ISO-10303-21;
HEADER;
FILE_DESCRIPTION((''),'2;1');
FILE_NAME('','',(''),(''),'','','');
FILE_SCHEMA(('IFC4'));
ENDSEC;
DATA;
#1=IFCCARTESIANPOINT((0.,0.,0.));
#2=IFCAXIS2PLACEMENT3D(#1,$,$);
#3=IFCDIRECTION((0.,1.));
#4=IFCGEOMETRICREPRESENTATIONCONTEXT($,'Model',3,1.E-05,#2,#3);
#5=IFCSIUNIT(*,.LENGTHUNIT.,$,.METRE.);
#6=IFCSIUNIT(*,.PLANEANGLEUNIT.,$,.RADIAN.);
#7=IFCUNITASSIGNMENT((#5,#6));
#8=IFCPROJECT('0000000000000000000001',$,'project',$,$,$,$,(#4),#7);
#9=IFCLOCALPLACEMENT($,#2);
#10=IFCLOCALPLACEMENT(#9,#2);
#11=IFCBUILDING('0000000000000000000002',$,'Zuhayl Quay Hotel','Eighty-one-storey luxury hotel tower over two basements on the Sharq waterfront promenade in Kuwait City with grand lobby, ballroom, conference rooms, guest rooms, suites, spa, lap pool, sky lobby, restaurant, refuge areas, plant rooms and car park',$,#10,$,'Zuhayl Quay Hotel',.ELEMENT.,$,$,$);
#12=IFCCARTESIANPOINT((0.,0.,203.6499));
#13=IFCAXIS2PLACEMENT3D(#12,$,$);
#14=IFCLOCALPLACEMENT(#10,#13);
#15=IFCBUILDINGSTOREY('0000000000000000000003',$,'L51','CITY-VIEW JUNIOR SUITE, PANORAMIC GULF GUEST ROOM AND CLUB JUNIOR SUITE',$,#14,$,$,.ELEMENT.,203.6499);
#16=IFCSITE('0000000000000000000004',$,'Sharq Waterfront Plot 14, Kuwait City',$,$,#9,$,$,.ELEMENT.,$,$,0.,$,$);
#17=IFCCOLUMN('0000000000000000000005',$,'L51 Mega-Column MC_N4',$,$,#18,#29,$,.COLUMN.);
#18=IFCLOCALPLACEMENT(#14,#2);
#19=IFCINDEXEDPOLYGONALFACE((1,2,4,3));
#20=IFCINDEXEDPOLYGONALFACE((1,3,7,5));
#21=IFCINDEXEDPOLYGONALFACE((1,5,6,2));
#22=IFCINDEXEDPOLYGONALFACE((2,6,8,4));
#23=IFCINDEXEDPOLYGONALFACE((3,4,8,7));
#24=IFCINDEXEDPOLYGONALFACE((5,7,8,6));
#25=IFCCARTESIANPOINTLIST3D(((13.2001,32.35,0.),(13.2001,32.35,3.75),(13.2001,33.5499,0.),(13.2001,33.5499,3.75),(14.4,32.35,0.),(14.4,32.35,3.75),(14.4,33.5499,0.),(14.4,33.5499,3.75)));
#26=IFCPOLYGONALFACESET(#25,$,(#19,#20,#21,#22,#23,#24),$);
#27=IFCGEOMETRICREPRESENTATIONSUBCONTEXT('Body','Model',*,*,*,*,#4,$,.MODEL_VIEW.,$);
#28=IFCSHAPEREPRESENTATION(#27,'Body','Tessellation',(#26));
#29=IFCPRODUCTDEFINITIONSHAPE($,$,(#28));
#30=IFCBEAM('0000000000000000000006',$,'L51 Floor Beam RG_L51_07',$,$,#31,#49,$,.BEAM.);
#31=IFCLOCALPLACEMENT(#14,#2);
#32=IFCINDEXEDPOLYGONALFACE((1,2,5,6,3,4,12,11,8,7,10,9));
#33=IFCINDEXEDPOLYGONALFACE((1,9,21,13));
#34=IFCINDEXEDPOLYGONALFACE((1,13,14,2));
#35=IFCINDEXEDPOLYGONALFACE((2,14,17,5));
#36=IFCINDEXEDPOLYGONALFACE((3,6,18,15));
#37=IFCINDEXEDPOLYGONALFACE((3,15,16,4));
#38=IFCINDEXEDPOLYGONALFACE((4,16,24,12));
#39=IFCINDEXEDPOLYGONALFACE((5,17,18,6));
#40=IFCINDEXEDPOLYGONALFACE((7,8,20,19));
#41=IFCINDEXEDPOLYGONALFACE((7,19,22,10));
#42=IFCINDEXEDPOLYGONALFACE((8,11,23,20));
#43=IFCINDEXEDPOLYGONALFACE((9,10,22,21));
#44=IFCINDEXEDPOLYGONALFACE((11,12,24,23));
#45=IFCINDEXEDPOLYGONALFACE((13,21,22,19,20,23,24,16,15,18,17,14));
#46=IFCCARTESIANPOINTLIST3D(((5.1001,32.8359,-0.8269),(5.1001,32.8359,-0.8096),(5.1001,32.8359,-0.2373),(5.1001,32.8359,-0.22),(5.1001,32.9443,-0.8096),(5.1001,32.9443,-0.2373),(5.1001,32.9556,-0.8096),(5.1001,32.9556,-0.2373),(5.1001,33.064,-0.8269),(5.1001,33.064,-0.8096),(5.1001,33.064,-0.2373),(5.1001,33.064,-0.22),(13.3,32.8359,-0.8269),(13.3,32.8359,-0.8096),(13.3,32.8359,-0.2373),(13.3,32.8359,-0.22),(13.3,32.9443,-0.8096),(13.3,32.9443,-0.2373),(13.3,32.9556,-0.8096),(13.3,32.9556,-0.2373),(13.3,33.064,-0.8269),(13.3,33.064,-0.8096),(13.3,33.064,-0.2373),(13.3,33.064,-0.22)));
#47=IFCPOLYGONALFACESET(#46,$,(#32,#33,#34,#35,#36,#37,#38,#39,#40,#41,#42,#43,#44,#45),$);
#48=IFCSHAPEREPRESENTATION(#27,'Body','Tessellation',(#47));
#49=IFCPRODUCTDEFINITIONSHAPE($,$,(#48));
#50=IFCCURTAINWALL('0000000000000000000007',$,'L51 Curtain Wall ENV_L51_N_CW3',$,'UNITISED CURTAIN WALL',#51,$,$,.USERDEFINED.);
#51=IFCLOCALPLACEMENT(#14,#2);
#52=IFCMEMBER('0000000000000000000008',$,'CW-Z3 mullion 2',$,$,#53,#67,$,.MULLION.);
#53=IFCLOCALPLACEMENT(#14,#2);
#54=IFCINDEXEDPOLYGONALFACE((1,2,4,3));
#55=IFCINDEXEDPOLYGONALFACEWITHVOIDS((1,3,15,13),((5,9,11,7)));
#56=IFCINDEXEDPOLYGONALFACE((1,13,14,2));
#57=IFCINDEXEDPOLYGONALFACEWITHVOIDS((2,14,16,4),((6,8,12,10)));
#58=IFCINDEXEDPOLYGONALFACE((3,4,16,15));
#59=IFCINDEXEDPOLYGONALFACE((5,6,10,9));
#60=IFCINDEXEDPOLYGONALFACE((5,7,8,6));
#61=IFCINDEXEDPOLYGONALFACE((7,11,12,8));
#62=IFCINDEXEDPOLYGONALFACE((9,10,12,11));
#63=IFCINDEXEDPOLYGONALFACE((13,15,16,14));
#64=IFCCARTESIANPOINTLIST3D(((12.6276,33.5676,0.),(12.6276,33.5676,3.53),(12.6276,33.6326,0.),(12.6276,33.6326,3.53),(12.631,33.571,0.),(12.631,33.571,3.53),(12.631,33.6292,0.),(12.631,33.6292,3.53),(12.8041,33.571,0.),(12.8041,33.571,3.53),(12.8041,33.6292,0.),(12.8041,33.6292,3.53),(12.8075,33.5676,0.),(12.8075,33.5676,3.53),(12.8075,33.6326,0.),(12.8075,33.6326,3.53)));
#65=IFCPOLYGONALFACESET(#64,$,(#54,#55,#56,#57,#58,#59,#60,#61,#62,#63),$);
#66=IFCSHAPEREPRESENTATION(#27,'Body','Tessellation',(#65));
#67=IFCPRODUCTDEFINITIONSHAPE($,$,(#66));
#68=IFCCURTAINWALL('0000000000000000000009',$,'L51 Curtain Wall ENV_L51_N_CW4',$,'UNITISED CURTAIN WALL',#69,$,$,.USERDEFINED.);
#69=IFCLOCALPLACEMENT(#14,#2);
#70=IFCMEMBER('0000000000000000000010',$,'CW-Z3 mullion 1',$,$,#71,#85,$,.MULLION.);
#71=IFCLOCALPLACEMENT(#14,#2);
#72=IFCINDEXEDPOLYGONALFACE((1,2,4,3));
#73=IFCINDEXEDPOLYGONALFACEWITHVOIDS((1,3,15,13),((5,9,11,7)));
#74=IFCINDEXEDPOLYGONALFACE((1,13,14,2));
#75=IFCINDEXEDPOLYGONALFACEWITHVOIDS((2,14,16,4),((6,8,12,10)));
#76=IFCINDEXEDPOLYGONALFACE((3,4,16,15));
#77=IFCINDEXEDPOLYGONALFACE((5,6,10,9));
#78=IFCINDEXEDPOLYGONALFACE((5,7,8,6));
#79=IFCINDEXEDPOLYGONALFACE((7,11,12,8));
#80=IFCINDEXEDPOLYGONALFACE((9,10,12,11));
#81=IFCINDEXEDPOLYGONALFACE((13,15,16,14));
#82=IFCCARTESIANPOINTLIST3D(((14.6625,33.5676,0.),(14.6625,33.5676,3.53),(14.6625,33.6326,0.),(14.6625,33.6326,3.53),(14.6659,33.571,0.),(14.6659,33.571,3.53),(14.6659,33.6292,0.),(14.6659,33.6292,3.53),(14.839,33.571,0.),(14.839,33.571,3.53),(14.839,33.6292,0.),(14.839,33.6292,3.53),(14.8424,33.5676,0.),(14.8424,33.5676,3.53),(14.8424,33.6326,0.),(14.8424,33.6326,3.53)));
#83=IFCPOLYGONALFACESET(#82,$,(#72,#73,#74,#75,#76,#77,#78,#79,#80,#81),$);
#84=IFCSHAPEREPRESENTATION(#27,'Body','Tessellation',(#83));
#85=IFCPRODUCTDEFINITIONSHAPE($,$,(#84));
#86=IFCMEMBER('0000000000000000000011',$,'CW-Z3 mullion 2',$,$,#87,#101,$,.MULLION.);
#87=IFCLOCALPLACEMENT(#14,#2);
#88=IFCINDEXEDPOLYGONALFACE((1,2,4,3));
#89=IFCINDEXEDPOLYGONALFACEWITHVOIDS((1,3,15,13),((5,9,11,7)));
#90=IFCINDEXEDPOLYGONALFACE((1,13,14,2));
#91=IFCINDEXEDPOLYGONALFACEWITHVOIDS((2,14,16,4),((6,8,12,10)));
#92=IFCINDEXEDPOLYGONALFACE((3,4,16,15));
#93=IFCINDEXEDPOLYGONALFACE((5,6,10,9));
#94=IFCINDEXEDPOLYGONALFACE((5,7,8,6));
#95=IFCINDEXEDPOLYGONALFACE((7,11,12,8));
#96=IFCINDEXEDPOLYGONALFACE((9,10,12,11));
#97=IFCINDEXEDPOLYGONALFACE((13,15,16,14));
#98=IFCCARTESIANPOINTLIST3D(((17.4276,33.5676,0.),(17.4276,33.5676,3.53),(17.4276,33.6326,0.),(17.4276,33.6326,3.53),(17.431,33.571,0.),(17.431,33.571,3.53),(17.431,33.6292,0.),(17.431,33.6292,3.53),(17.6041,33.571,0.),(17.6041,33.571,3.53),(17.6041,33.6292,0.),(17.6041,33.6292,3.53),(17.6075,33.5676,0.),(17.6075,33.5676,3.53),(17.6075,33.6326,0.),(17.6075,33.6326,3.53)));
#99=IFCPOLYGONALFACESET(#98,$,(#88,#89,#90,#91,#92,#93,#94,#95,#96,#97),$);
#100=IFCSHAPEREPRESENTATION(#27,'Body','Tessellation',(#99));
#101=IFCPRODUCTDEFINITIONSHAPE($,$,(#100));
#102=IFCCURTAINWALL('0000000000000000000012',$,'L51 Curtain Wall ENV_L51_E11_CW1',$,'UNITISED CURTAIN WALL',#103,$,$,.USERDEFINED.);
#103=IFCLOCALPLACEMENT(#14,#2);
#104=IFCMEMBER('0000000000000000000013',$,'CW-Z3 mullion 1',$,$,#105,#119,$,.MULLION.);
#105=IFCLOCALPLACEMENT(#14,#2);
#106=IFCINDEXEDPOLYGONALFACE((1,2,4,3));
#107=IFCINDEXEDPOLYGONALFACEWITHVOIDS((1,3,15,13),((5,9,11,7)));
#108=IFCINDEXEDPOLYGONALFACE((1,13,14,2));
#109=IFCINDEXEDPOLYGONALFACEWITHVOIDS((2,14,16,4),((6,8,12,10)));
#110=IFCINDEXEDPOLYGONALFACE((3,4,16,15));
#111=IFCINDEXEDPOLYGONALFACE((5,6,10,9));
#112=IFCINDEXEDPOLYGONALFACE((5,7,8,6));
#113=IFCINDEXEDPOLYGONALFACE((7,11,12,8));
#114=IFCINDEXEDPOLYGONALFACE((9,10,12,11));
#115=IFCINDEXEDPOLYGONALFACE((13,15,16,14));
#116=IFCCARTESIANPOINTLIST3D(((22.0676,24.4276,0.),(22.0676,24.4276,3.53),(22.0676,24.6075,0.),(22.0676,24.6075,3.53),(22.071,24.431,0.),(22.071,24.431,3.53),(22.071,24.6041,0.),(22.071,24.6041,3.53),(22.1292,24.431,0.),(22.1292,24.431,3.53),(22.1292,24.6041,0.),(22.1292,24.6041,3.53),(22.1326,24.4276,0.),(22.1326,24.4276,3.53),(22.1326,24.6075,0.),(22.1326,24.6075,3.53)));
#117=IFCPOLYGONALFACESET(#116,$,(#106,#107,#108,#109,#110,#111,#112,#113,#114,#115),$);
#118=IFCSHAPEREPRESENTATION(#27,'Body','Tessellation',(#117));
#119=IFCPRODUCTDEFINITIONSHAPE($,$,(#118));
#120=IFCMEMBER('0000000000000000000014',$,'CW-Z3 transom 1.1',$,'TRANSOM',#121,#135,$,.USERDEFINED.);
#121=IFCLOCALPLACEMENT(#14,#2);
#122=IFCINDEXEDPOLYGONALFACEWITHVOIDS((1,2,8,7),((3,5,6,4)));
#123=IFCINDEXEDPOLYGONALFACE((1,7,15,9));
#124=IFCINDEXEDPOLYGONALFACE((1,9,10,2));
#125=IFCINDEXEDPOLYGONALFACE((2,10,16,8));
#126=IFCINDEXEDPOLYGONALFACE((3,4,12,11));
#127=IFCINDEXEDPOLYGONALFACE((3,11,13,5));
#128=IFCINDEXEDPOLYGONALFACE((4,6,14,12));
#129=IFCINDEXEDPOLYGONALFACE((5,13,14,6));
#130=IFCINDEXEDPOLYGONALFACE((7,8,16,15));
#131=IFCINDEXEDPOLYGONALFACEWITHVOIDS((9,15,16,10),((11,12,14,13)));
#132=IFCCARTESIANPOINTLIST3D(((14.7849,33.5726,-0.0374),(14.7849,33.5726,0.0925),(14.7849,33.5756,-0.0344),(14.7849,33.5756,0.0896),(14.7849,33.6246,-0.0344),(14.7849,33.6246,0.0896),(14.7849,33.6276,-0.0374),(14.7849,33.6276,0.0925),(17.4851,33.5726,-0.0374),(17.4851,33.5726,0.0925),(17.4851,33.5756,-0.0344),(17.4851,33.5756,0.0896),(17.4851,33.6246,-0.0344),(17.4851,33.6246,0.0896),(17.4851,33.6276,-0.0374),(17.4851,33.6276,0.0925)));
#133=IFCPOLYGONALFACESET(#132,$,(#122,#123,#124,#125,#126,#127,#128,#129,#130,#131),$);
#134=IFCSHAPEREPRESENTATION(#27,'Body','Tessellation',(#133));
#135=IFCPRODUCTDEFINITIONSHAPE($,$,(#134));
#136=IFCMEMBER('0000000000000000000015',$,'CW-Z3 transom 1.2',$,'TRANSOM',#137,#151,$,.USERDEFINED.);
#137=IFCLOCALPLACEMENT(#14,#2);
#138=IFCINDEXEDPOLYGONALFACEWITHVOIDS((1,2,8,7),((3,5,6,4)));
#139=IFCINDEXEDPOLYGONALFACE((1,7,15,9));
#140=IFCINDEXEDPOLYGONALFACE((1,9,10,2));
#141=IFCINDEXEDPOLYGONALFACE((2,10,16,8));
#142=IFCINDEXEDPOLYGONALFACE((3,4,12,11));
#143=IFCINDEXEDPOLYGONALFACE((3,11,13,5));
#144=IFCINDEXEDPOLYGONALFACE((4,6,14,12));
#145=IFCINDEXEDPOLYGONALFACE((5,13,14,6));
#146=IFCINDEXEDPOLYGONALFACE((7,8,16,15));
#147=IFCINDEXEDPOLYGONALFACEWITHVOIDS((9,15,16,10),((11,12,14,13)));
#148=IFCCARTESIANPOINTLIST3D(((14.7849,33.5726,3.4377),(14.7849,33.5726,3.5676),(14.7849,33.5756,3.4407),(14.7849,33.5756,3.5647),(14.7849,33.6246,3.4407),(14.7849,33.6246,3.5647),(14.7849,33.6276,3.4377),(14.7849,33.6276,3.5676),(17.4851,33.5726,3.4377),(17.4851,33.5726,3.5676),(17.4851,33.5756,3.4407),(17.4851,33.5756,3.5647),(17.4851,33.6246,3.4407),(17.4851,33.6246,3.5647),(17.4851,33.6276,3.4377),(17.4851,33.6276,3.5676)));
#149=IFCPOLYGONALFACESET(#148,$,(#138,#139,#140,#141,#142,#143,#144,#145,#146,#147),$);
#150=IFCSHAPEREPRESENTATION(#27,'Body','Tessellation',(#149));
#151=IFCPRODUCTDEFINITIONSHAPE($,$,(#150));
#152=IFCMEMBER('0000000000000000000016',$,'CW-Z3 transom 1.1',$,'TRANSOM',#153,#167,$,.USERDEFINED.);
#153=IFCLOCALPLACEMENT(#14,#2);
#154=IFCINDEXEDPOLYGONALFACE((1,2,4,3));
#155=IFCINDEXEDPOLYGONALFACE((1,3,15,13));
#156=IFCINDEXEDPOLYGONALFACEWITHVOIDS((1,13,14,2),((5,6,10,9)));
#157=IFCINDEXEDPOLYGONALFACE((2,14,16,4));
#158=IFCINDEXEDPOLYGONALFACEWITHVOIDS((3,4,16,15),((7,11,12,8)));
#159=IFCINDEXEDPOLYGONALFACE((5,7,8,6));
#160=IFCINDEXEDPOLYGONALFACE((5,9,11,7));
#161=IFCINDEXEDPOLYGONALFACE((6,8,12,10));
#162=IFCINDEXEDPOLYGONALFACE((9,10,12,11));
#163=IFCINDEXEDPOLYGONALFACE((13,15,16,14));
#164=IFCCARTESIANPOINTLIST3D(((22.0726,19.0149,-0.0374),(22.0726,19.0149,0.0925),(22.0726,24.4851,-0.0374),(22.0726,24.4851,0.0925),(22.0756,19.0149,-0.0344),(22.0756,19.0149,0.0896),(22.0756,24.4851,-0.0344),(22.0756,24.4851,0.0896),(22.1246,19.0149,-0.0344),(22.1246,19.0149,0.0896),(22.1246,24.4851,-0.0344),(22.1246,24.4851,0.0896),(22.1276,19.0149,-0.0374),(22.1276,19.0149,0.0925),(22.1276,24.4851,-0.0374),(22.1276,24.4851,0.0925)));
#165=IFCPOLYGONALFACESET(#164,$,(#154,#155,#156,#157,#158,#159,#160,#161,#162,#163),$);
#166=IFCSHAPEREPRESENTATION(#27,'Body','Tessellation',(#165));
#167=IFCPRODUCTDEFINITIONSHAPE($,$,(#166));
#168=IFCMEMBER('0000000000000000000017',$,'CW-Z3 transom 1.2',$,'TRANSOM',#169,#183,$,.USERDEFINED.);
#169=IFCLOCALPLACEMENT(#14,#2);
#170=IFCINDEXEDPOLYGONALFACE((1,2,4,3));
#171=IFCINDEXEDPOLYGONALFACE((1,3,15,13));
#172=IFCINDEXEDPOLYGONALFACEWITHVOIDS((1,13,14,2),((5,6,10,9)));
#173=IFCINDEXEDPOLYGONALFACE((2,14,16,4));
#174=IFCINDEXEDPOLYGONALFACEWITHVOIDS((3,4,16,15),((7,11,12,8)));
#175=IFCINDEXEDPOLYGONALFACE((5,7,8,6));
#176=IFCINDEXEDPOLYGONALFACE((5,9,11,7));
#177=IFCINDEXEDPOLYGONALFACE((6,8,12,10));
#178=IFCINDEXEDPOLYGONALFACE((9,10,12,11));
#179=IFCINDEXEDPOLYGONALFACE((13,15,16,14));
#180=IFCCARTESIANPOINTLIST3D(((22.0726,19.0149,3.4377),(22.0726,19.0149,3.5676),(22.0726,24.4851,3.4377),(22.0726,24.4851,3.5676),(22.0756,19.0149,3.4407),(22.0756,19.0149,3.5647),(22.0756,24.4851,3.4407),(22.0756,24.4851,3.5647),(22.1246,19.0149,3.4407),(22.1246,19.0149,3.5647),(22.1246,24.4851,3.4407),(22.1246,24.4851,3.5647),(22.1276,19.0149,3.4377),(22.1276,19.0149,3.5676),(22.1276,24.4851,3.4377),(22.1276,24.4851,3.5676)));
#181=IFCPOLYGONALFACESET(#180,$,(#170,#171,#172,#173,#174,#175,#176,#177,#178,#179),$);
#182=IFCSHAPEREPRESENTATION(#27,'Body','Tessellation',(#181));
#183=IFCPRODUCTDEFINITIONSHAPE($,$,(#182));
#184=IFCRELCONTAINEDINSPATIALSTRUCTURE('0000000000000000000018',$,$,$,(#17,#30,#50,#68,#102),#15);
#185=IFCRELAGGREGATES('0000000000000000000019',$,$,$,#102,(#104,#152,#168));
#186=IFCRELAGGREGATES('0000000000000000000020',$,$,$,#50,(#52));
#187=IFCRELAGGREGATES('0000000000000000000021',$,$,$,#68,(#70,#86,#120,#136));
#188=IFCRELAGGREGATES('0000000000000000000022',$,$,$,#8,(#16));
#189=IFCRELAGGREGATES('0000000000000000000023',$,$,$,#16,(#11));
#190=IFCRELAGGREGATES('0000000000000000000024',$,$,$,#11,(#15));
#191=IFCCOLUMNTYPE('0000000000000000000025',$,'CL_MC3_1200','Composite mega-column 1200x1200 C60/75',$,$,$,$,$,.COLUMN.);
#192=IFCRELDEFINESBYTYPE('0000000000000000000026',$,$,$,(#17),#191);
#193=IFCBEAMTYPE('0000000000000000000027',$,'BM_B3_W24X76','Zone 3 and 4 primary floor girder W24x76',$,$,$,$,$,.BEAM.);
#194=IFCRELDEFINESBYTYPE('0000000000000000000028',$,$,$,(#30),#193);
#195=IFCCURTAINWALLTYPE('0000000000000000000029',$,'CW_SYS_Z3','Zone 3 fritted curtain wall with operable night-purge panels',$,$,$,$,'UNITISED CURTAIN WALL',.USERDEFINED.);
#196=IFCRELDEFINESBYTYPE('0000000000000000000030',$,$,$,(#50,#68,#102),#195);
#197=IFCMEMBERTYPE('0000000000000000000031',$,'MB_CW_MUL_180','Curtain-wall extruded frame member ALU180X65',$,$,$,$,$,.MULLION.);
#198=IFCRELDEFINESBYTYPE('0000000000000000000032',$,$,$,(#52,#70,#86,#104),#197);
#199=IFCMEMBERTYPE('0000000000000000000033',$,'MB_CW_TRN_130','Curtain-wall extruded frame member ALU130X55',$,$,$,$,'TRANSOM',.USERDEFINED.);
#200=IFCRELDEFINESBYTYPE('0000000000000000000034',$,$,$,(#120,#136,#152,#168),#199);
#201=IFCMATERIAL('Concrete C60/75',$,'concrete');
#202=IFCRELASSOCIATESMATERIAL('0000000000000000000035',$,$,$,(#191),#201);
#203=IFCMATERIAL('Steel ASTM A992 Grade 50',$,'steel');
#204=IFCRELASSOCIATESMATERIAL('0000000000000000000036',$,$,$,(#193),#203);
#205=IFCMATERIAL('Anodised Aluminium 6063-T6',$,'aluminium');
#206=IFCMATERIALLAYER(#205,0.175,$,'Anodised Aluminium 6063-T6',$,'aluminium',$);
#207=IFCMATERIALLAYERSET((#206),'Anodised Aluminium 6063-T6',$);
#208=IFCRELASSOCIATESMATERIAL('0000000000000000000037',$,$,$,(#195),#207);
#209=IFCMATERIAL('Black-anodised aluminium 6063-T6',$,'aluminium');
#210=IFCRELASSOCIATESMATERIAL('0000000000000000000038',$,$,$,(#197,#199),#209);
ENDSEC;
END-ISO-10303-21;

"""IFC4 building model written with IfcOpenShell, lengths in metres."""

from ifc_helpers import new_model, si_unit, direction, frame, origin, origin_2d, place, context, subcontext, project, spatial, rectangle, hollow_rectangle, i_section, extrude, material, layer, layer_set, material_profile, profile_set, type_object, element, aggregate, save


model = new_model("IFC4")

# Units and contexts
model_context = context("Model", 3, precision=1e-05, world=origin(), true_north=direction((0.0, 1.0)))
body_context = subcontext(model_context, "Body", "Model", "MODEL_VIEW")
ifc_project = project(units=[si_unit("LENGTHUNIT", "METRE"), si_unit("PLANEANGLEUNIT", "RADIAN")], contexts=[model_context])

# Site, building, storey
site_placement = place(None, origin())
site = spatial("IfcSite", under=ifc_project, at=site_placement, Name="Sharq Waterfront Plot 14, Kuwait City", CompositionType="ELEMENT", RefElevation=0.0)
building_placement = place(site_placement, origin())
building = spatial("IfcBuilding", under=site, at=building_placement, Name="Zuhayl Quay Hotel", Description="Eighty-one-storey luxury hotel tower over two basements on the Sharq waterfront promenade in Kuwait City with grand lobby, ballroom, conference rooms, guest rooms, suites, spa, lap pool, sky lobby, restaurant, refuge areas, plant rooms and car park", LongName="Zuhayl Quay Hotel", CompositionType="ELEMENT")
storey_placement = place(building_placement, frame((0.0, 0.0, 203.6499)))
storey = spatial("IfcBuildingStorey", under=building, at=storey_placement, Name="L51", Description="CITY-VIEW JUNIOR SUITE, PANORAMIC GULF GUEST ROOM AND CLUB JUNIOR SUITE", CompositionType="ELEMENT", Elevation=203.6499)

# Column
ifc_material_1 = material(Name="Concrete C60/75", Category="concrete")
ifc_material_profile_1 = material_profile(ifc_material_1, rectangle(XDim=1.2, YDim=1.2, at=origin_2d()), Name="RC1200X1200")
ifc_profile_set_1 = profile_set([ifc_material_profile_1], Name="Concrete C60/75")
column_type = type_object("IfcColumnType", Name="CL_MC3_1200", Description="Composite mega-column 1200x1200 C60/75", PredefinedType="COLUMN", material=ifc_profile_set_1)
column_placement = place(storey_placement, frame((13.8, 32.95, 0.0), z_axis=(0.0, 0.0, 1.0), x_axis=(1.0, 0.0, 0.0)))
element("IfcColumn", 1, at=column_placement, inside=storey, type_object=column_type, Name="L51 Mega-Column MC_N4", PredefinedType="COLUMN", context=body_context, shape_type="SweptSolid", body=[
    extrude(rectangle(XDim=1.2, YDim=1.2, at=origin_2d()), origin(), (0.0, 0.0, 1.0), 3.75),
])

# Beam
ifc_material_2 = material(Name="Steel ASTM A992 Grade 50", Category="steel")
ifc_material_profile_2 = material_profile(ifc_material_2, i_section(OverallWidth=0.228, OverallDepth=0.6069, WebThickness=0.0112, FlangeThickness=0.0173, at=origin_2d()), Name="W24X76")
ifc_profile_set_2 = profile_set([ifc_material_profile_2], Name="Steel ASTM A992 Grade 50")
beam_type = type_object("IfcBeamType", Name="BM_B3_W24X76", Description="Zone 3 and 4 primary floor girder W24x76", PredefinedType="BEAM", material=ifc_profile_set_2)
beam_placement = place(storey_placement, frame((13.3, 32.95, -0.5234), z_axis=(-1.0, 0.0, 0.0), x_axis=(0.0, -1.0, 0.0)))
element("IfcBeam", 2, at=beam_placement, inside=storey, type_object=beam_type, Name="L51 Floor Beam RG_L51_07", PredefinedType="BEAM", context=body_context, shape_type="SweptSolid", body=[
    extrude(i_section(OverallWidth=0.228, OverallDepth=0.6069, WebThickness=0.0112, FlangeThickness=0.0173, at=origin_2d()), origin(), (0.0, 0.0, 1.0), 8.2),
])

# Curtain wall, member
ifc_material_3 = material(Name="Anodised Aluminium 6063-T6", Category="aluminium")
ifc_layer_1 = layer(ifc_material_3, 0.175, Name="Anodised Aluminium 6063-T6", Category="aluminium")
ifc_layer_set_1 = layer_set([ifc_layer_1], Name="Anodised Aluminium 6063-T6")
curtain_wall_type = type_object("IfcCurtainWallType", Name="CW_SYS_Z3", Description="Zone 3 fritted curtain wall with operable night-purge panels", ElementType="UNITISED CURTAIN WALL", PredefinedType="USERDEFINED", material=ifc_layer_set_1)
curtain_wall_1_placement = place(storey_placement, origin())
curtain_wall_1 = element("IfcCurtainWall", 3, at=curtain_wall_1_placement, inside=storey, type_object=curtain_wall_type, Name="L51 Curtain Wall ENV_L51_N_CW3", ObjectType="UNITISED CURTAIN WALL", PredefinedType="USERDEFINED")
ifc_material_4 = material(Name="Black-anodised aluminium 6063-T6", Category="aluminium")
ifc_material_profile_3 = material_profile(ifc_material_4, hollow_rectangle(XDim=0.0649, YDim=0.1799, WallThickness=0.0034, at=origin_2d()), Name="ALU180X65")
ifc_profile_set_3 = profile_set([ifc_material_profile_3], Name="Black-anodised aluminium 6063-T6")
member_type_1 = type_object("IfcMemberType", Name="MB_CW_MUL_180", Description="Curtain-wall extruded frame member ALU180X65", PredefinedType="MULLION", material=ifc_profile_set_3)
member_1_placement = place(storey_placement, frame((12.7175, 33.6001, 0.0), z_axis=(0.0, 0.0, 1.0), x_axis=(0.0, 1.0, 0.0)))
member_1 = element("IfcMember", 4, at=member_1_placement, type_object=member_type_1, Name="CW-Z3 mullion 2", PredefinedType="MULLION", context=body_context, shape_type="SweptSolid", body=[
    extrude(hollow_rectangle(XDim=0.0649, YDim=0.1799, WallThickness=0.0034, at=origin_2d()), origin(), (0.0, 0.0, 1.0), 3.53),
])

# Curtain wall, members
curtain_wall_2_placement = place(storey_placement, origin())
curtain_wall_2 = element("IfcCurtainWall", 5, at=curtain_wall_2_placement, inside=storey, type_object=curtain_wall_type, Name="L51 Curtain Wall ENV_L51_N_CW4", ObjectType="UNITISED CURTAIN WALL", PredefinedType="USERDEFINED")
member_2_placement = place(storey_placement, frame((14.7524, 33.6001, 0.0), z_axis=(0.0, 0.0, 1.0), x_axis=(0.0, 1.0, 0.0)))
member_2 = element("IfcMember", 6, at=member_2_placement, type_object=member_type_1, Name="CW-Z3 mullion 1", PredefinedType="MULLION", context=body_context, shape_type="SweptSolid", body=[
    extrude(hollow_rectangle(XDim=0.0649, YDim=0.1799, WallThickness=0.0034, at=origin_2d()), origin(), (0.0, 0.0, 1.0), 3.53),
])
member_3_placement = place(storey_placement, frame((17.5176, 33.6001, 0.0), z_axis=(0.0, 0.0, 1.0), x_axis=(0.0, 1.0, 0.0)))
member_3 = element("IfcMember", 7, at=member_3_placement, type_object=member_type_1, Name="CW-Z3 mullion 2", PredefinedType="MULLION", context=body_context, shape_type="SweptSolid", body=[
    extrude(hollow_rectangle(XDim=0.0649, YDim=0.1799, WallThickness=0.0034, at=origin_2d()), origin(), (0.0, 0.0, 1.0), 3.53),
])

# Curtain wall, member
curtain_wall_3_placement = place(storey_placement, origin())
curtain_wall_3 = element("IfcCurtainWall", 8, at=curtain_wall_3_placement, inside=storey, type_object=curtain_wall_type, Name="L51 Curtain Wall ENV_L51_E11_CW1", ObjectType="UNITISED CURTAIN WALL", PredefinedType="USERDEFINED")
member_4_placement = place(storey_placement, frame((22.1001, 24.5176, 0.0), z_axis=(0.0, 0.0, 1.0), x_axis=(1.0, 0.0, 0.0)))
member_4 = element("IfcMember", 9, at=member_4_placement, type_object=member_type_1, Name="CW-Z3 mullion 1", PredefinedType="MULLION", context=body_context, shape_type="SweptSolid", body=[
    extrude(hollow_rectangle(XDim=0.0649, YDim=0.1799, WallThickness=0.0034, at=origin_2d()), origin(), (0.0, 0.0, 1.0), 3.53),
])

# Members
ifc_material_profile_4 = material_profile(ifc_material_4, hollow_rectangle(XDim=0.0549, YDim=0.1299, WallThickness=0.0029, at=origin_2d()), Name="ALU130X55")
ifc_profile_set_4 = profile_set([ifc_material_profile_4], Name="Black-anodised aluminium 6063-T6")
member_type_2 = type_object("IfcMemberType", Name="MB_CW_TRN_130", Description="Curtain-wall extruded frame member ALU130X55", ElementType="TRANSOM", PredefinedType="USERDEFINED", material=ifc_profile_set_4)
member_5_placement = place(storey_placement, frame((14.7849, 33.6001, 0.0276), z_axis=(1.0, 0.0, 0.0), x_axis=(0.0, 1.0, 0.0)))
member_5 = element("IfcMember", 10, at=member_5_placement, type_object=member_type_2, Name="CW-Z3 transom 1.1", ObjectType="TRANSOM", PredefinedType="USERDEFINED", context=body_context, shape_type="SweptSolid", body=[
    extrude(hollow_rectangle(XDim=0.0549, YDim=0.1299, WallThickness=0.0029, at=origin_2d()), origin(), (0.0, 0.0, 1.0), 2.7002),
])
member_6_placement = place(storey_placement, frame((14.7849, 33.6001, 3.5027), z_axis=(1.0, 0.0, 0.0), x_axis=(0.0, 1.0, 0.0)))
member_6 = element("IfcMember", 11, at=member_6_placement, type_object=member_type_2, Name="CW-Z3 transom 1.2", ObjectType="TRANSOM", PredefinedType="USERDEFINED", context=body_context, shape_type="SweptSolid", body=[
    extrude(hollow_rectangle(XDim=0.0549, YDim=0.1299, WallThickness=0.0029, at=origin_2d()), origin(), (0.0, 0.0, 1.0), 2.7002),
])
member_7_placement = place(storey_placement, frame((22.1001, 24.4851, 0.0276), z_axis=(0.0, -1.0, 0.0), x_axis=(1.0, 0.0, 0.0)))
member_7 = element("IfcMember", 12, at=member_7_placement, type_object=member_type_2, Name="CW-Z3 transom 1.1", ObjectType="TRANSOM", PredefinedType="USERDEFINED", context=body_context, shape_type="SweptSolid", body=[
    extrude(hollow_rectangle(XDim=0.0549, YDim=0.1299, WallThickness=0.0029, at=origin_2d()), origin(), (0.0, 0.0, 1.0), 5.4702),
])
member_8_placement = place(storey_placement, frame((22.1001, 24.4851, 3.5027), z_axis=(0.0, -1.0, 0.0), x_axis=(1.0, 0.0, 0.0)))
member_8 = element("IfcMember", 13, at=member_8_placement, type_object=member_type_2, Name="CW-Z3 transom 1.2", ObjectType="TRANSOM", PredefinedType="USERDEFINED", context=body_context, shape_type="SweptSolid", body=[
    extrude(hollow_rectangle(XDim=0.0549, YDim=0.1299, WallThickness=0.0029, at=origin_2d()), origin(), (0.0, 0.0, 1.0), 5.4702),
])
aggregate(curtain_wall_3, [member_4, member_7, member_8])

aggregate(curtain_wall_1, [member_1])
aggregate(curtain_wall_2, [member_2, member_3, member_5, member_6])

save(model, "model.ifc")
